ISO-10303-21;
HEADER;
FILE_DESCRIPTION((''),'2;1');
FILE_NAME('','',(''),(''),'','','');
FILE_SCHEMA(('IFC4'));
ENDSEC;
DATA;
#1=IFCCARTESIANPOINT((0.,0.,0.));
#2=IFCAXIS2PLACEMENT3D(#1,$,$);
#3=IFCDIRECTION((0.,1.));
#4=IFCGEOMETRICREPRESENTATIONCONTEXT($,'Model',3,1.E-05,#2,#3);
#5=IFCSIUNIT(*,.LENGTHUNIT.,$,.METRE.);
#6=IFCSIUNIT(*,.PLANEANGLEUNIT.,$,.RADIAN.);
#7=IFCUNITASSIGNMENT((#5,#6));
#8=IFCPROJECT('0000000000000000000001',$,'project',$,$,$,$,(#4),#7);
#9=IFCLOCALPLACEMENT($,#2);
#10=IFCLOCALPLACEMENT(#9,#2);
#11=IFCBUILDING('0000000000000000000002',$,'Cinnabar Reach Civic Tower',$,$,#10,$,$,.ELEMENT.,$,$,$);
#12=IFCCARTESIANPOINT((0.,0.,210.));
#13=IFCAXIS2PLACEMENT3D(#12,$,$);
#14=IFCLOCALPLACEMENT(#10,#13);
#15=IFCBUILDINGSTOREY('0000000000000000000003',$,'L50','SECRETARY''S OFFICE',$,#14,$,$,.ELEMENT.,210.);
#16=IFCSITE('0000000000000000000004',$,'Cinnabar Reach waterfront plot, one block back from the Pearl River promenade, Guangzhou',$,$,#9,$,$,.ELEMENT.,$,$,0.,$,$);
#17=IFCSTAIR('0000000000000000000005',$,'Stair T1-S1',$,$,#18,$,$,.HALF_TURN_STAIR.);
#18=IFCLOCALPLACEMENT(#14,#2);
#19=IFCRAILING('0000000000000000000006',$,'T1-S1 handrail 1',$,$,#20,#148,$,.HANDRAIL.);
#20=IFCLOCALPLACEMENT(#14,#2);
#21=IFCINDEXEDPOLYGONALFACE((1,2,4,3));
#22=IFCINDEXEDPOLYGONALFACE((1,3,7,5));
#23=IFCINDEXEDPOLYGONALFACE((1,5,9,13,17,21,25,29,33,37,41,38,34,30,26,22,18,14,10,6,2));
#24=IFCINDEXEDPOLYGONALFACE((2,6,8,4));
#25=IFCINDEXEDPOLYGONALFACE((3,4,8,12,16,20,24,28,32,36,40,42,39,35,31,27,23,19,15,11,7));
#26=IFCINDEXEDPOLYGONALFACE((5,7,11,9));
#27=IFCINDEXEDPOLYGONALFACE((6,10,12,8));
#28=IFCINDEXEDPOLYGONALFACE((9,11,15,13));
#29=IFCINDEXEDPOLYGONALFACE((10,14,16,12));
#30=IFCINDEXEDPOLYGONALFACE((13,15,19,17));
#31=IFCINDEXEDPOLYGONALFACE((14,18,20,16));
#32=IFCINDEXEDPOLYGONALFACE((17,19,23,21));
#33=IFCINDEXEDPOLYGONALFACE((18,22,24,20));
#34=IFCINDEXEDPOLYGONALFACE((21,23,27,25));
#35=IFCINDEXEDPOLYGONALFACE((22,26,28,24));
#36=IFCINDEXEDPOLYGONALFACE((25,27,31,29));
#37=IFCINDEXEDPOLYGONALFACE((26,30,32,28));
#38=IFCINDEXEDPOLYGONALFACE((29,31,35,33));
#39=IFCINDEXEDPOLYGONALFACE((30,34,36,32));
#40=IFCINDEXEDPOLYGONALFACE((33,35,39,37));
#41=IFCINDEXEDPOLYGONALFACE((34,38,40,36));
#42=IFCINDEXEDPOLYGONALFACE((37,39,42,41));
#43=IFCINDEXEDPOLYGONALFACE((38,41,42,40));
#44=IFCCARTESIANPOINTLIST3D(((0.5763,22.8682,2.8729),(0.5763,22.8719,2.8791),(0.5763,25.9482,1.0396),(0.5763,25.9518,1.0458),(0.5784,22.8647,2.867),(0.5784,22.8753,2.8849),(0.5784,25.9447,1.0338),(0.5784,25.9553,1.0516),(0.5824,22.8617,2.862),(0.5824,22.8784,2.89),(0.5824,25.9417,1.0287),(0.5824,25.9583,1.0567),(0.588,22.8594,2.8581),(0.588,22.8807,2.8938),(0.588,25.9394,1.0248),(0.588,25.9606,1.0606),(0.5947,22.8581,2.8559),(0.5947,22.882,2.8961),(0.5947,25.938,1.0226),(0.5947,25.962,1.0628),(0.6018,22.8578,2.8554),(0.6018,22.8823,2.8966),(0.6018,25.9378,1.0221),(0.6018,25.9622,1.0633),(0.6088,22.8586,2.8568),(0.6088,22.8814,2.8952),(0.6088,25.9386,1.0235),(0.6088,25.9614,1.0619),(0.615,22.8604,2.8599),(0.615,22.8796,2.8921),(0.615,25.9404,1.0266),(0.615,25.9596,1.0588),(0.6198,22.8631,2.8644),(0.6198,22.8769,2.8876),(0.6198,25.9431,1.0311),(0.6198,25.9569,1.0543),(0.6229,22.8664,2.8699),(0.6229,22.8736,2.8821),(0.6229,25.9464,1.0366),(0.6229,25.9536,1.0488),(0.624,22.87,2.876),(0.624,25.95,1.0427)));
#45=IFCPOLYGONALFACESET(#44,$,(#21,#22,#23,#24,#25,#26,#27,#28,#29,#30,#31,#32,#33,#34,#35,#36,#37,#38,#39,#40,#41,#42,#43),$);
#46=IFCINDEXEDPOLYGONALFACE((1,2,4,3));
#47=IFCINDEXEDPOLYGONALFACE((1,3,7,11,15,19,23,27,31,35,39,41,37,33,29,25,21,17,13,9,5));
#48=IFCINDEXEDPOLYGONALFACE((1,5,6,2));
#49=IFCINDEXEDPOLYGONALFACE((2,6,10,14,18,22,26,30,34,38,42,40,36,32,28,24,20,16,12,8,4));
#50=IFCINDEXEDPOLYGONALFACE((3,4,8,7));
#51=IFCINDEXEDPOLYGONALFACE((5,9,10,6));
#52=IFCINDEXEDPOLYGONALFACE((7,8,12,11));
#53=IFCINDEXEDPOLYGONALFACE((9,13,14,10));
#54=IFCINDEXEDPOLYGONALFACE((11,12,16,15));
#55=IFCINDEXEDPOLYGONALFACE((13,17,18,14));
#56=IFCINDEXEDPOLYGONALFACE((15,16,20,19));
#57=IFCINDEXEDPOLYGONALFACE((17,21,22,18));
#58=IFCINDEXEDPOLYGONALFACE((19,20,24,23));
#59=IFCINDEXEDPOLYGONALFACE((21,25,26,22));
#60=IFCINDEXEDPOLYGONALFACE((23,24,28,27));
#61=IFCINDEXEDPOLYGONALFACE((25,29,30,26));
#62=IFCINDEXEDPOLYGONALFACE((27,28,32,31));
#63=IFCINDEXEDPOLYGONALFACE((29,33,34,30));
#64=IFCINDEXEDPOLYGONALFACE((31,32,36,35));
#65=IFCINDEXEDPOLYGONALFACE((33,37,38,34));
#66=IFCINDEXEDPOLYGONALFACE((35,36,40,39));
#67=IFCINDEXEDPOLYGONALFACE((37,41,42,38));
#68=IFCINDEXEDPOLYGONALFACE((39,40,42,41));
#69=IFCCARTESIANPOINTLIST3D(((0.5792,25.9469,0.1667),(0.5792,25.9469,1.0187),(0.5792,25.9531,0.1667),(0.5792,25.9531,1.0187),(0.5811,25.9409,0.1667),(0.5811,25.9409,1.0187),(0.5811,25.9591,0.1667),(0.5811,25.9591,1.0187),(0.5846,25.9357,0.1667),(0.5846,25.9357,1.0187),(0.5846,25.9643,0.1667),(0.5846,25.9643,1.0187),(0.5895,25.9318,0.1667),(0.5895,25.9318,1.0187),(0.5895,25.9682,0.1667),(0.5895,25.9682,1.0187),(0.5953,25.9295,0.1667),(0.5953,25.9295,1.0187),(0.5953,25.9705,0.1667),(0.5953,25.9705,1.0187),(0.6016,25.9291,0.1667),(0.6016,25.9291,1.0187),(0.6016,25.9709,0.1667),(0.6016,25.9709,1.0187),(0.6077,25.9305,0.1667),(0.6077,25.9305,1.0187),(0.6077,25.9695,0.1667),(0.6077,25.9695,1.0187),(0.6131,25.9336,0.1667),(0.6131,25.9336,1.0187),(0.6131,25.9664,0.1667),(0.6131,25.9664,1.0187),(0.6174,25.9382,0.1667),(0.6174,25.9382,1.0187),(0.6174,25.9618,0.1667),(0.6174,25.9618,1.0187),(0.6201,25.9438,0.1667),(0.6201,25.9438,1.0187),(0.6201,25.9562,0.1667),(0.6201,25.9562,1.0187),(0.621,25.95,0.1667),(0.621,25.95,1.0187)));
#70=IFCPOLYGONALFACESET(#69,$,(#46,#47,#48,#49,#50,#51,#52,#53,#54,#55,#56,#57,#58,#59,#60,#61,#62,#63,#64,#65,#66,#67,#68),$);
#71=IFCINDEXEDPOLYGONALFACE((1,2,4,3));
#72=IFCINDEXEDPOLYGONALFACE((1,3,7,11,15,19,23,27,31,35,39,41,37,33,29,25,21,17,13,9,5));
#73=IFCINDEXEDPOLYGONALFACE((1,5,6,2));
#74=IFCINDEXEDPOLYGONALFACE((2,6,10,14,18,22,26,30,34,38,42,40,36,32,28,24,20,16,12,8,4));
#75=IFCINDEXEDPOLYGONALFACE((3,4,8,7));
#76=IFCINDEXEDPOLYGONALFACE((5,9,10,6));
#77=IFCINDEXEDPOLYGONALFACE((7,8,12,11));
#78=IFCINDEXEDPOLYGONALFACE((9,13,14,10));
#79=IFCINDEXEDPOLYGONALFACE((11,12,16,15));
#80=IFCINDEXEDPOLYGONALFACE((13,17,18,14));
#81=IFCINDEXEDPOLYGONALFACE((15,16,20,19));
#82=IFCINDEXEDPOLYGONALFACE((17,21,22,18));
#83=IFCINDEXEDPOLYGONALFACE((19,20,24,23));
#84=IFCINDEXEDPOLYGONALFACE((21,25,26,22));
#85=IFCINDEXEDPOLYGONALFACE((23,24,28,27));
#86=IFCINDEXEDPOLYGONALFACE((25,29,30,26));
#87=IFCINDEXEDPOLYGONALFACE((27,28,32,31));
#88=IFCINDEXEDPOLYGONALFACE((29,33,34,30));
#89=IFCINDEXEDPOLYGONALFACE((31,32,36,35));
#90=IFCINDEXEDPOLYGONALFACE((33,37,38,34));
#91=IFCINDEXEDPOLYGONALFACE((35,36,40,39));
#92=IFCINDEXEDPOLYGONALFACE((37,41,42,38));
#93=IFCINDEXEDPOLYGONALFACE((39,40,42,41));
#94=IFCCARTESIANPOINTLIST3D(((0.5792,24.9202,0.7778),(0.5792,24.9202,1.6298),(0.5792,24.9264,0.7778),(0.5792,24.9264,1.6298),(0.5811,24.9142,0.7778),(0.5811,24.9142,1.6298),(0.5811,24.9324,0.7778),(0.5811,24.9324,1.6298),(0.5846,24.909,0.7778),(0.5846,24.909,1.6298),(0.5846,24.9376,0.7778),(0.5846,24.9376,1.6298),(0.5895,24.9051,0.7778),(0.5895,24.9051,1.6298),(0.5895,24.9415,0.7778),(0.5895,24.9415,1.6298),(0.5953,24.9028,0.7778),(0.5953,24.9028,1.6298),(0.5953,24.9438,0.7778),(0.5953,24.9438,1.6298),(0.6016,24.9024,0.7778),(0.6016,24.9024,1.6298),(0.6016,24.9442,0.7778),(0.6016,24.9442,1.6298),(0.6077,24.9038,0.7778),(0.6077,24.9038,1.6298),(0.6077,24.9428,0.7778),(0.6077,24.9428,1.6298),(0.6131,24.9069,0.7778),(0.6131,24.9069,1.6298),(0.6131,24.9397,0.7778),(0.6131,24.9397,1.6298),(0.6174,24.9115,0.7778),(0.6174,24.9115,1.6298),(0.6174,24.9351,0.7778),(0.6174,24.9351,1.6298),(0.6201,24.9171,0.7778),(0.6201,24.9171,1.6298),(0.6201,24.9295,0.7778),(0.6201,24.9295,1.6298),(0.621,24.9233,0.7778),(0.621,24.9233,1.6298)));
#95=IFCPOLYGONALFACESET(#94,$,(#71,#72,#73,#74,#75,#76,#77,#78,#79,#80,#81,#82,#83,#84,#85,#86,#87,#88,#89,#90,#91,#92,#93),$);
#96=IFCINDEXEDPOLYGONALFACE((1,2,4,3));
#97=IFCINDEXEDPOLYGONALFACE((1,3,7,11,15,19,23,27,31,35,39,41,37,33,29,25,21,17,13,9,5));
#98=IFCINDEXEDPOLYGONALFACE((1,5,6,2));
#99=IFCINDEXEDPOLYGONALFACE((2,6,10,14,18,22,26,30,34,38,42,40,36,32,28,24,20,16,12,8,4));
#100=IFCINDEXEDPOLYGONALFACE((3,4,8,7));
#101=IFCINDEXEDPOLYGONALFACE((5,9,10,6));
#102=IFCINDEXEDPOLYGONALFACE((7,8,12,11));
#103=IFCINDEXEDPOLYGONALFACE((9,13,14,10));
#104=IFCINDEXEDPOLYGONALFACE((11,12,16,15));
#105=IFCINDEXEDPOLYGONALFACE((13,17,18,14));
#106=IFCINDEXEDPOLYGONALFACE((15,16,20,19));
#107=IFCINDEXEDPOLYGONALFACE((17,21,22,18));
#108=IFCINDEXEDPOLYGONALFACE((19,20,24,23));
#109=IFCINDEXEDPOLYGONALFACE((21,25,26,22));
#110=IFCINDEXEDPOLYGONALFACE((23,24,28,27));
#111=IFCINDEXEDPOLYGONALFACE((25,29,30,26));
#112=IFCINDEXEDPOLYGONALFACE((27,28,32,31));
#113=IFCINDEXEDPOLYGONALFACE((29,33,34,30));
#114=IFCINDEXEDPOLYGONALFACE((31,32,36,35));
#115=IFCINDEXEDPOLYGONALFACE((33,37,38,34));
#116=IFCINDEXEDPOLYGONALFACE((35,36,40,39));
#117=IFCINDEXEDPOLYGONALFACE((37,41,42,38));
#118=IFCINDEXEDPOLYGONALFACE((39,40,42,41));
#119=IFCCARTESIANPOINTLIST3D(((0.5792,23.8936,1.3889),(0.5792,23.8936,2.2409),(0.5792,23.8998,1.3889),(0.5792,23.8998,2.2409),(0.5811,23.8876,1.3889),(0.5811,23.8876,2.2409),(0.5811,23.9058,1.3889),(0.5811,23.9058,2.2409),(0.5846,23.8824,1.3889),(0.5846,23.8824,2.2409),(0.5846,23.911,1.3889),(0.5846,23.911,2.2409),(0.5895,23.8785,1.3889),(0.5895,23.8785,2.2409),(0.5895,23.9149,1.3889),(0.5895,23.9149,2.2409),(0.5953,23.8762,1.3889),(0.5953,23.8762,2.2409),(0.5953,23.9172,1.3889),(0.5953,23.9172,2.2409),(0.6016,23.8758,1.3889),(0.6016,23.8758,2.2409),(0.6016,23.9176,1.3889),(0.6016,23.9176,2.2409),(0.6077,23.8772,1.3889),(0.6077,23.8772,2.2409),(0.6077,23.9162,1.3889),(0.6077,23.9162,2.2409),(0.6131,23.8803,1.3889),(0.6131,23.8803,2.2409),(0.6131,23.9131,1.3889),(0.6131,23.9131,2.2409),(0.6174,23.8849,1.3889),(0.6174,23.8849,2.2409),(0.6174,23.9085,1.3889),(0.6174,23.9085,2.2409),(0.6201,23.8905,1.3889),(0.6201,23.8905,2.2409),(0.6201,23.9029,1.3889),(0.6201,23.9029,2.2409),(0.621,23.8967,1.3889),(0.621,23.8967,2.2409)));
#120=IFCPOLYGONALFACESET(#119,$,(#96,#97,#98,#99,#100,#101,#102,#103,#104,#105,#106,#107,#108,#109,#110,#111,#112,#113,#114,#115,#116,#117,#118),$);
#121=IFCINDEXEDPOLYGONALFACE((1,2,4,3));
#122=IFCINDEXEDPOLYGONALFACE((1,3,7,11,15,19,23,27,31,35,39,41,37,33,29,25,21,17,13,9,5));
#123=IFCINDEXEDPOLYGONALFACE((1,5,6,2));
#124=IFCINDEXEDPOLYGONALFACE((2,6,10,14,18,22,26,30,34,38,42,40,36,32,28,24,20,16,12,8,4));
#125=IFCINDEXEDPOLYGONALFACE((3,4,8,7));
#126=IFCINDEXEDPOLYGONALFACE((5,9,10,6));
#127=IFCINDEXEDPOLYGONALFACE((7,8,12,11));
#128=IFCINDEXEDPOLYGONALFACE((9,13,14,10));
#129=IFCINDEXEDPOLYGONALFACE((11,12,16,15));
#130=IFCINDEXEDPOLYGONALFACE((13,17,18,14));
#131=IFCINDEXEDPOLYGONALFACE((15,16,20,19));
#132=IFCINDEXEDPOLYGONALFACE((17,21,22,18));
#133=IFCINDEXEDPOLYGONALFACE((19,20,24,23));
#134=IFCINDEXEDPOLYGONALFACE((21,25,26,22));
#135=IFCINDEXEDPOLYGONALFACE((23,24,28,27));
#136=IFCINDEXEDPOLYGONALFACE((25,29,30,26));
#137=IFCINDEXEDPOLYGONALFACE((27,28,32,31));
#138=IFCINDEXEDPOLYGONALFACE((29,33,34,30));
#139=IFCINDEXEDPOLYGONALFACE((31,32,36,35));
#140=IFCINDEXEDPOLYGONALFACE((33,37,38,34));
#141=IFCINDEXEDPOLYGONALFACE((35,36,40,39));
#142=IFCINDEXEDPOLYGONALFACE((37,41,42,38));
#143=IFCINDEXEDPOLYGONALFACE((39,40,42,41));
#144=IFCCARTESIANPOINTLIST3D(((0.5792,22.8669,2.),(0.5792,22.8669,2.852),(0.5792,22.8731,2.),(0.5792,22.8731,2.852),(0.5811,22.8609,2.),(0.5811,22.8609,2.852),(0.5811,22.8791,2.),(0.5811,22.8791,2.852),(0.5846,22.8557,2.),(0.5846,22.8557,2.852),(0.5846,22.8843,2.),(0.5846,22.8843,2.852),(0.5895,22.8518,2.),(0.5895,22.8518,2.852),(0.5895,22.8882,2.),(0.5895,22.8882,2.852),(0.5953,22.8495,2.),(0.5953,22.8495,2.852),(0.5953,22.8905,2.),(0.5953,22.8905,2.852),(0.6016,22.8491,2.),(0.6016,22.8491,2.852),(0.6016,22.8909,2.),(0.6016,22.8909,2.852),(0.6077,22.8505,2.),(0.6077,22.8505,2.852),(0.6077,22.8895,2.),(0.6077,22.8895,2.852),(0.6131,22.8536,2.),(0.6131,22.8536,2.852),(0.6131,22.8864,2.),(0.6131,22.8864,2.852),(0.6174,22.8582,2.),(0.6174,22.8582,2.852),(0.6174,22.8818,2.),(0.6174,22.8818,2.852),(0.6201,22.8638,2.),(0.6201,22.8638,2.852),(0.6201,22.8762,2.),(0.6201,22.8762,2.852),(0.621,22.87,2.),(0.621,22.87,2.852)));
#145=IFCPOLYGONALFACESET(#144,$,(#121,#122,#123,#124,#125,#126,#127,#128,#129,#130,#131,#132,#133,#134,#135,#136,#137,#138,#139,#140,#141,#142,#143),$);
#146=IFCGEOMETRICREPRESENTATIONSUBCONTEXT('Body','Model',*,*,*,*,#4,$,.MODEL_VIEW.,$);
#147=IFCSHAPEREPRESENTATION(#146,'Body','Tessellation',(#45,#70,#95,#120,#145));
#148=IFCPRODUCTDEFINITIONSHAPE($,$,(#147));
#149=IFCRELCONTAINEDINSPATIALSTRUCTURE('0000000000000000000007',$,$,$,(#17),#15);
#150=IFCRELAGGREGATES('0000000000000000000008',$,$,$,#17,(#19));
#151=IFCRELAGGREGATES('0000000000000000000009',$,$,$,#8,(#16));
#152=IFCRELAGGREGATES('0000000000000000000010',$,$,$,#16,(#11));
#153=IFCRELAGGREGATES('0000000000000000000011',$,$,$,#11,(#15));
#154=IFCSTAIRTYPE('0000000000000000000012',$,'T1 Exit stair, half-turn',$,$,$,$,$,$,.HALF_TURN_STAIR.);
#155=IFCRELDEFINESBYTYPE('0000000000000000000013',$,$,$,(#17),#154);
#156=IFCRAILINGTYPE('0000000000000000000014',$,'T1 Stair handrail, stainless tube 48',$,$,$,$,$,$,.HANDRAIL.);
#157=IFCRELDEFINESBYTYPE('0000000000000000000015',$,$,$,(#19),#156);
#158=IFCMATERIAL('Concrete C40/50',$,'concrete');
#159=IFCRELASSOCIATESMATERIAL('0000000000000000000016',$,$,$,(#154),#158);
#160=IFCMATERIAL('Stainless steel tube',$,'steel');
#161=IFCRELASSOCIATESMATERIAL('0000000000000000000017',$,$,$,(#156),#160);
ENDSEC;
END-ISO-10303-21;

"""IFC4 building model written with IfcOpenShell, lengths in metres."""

from ifc_helpers import new_model, si_unit, direction, frame, origin, origin_2d, place, context, subcontext, project, spatial, circle, extrude, material, type_object, element, aggregate, save


model = new_model("IFC4")

# Units and contexts
model_context = context("Model", 3, precision=1e-05, world=origin(), true_north=direction((0.0, 1.0)))
body_context = subcontext(model_context, "Body", "Model", "MODEL_VIEW")
ifc_project = project(units=[si_unit("LENGTHUNIT", "METRE"), si_unit("PLANEANGLEUNIT", "RADIAN")], contexts=[model_context])

# Site, building, storey
site_placement = place(None, origin())
site = spatial("IfcSite", under=ifc_project, at=site_placement, Name="Cinnabar Reach waterfront plot, one block back from the Pearl River promenade, Guangzhou", CompositionType="ELEMENT", RefElevation=0.0)
building_placement = place(site_placement, origin())
building = spatial("IfcBuilding", under=site, at=building_placement, Name="Cinnabar Reach Civic Tower", CompositionType="ELEMENT")
storey_placement = place(building_placement, frame((0.0, 0.0, 210.0)))
storey = spatial("IfcBuildingStorey", under=building, at=storey_placement, Name="L50", Description="SECRETARY'S OFFICE", CompositionType="ELEMENT", Elevation=210.0)

# Shared definitions
ifc_material_1 = material(Name="Concrete C40/50", Category="concrete")

# Stair, railing
stair_type = type_object("IfcStairType", Name="T1 Exit stair, half-turn", PredefinedType="HALF_TURN_STAIR", material=ifc_material_1)
stair_placement = place(storey_placement, origin())
stair = element("IfcStair", 1, at=stair_placement, inside=storey, type_object=stair_type, Name="Stair T1-S1", PredefinedType="HALF_TURN_STAIR")
ifc_material_2 = material(Name="Stainless steel tube", Category="steel")
railing_type = type_object("IfcRailingType", Name="T1 Stair handrail, stainless tube 48", PredefinedType="HANDRAIL", material=ifc_material_2)
railing_1_placement = place(storey_placement, frame((0.6, 25.95, 0.1667)))
railing_1 = element("IfcRailing", 2, at=railing_1_placement, type_object=railing_type, Name="T1-S1 handrail 1", PredefinedType="HANDRAIL", context=body_context, shape_type="SweptSolid", body=[
    extrude(circle(Radius=0.024, at=origin_2d()), frame((0.0, 0.0, 0.876), z_axis=(0.0, -0.859297, 0.511477), x_axis=(1.0, 0.0, 0.0)), (0.0, 0.0, 1.0), 3.5843),
    extrude(circle(Radius=0.021, at=origin_2d()), origin(), (0.0, 0.0, 1.0), 0.852),
    extrude(circle(Radius=0.021, at=origin_2d()), frame((0.0, -1.0267, 0.6111)), (0.0, 0.0, 1.0), 0.852),
    extrude(circle(Radius=0.021, at=origin_2d()), frame((0.0, -2.0533, 1.2222)), (0.0, 0.0, 1.0), 0.852),
    extrude(circle(Radius=0.021, at=origin_2d()), frame((0.0, -3.08, 1.8333)), (0.0, 0.0, 1.0), 0.852),
])
aggregate(stair, [railing_1])

save(model, "model.ifc")
